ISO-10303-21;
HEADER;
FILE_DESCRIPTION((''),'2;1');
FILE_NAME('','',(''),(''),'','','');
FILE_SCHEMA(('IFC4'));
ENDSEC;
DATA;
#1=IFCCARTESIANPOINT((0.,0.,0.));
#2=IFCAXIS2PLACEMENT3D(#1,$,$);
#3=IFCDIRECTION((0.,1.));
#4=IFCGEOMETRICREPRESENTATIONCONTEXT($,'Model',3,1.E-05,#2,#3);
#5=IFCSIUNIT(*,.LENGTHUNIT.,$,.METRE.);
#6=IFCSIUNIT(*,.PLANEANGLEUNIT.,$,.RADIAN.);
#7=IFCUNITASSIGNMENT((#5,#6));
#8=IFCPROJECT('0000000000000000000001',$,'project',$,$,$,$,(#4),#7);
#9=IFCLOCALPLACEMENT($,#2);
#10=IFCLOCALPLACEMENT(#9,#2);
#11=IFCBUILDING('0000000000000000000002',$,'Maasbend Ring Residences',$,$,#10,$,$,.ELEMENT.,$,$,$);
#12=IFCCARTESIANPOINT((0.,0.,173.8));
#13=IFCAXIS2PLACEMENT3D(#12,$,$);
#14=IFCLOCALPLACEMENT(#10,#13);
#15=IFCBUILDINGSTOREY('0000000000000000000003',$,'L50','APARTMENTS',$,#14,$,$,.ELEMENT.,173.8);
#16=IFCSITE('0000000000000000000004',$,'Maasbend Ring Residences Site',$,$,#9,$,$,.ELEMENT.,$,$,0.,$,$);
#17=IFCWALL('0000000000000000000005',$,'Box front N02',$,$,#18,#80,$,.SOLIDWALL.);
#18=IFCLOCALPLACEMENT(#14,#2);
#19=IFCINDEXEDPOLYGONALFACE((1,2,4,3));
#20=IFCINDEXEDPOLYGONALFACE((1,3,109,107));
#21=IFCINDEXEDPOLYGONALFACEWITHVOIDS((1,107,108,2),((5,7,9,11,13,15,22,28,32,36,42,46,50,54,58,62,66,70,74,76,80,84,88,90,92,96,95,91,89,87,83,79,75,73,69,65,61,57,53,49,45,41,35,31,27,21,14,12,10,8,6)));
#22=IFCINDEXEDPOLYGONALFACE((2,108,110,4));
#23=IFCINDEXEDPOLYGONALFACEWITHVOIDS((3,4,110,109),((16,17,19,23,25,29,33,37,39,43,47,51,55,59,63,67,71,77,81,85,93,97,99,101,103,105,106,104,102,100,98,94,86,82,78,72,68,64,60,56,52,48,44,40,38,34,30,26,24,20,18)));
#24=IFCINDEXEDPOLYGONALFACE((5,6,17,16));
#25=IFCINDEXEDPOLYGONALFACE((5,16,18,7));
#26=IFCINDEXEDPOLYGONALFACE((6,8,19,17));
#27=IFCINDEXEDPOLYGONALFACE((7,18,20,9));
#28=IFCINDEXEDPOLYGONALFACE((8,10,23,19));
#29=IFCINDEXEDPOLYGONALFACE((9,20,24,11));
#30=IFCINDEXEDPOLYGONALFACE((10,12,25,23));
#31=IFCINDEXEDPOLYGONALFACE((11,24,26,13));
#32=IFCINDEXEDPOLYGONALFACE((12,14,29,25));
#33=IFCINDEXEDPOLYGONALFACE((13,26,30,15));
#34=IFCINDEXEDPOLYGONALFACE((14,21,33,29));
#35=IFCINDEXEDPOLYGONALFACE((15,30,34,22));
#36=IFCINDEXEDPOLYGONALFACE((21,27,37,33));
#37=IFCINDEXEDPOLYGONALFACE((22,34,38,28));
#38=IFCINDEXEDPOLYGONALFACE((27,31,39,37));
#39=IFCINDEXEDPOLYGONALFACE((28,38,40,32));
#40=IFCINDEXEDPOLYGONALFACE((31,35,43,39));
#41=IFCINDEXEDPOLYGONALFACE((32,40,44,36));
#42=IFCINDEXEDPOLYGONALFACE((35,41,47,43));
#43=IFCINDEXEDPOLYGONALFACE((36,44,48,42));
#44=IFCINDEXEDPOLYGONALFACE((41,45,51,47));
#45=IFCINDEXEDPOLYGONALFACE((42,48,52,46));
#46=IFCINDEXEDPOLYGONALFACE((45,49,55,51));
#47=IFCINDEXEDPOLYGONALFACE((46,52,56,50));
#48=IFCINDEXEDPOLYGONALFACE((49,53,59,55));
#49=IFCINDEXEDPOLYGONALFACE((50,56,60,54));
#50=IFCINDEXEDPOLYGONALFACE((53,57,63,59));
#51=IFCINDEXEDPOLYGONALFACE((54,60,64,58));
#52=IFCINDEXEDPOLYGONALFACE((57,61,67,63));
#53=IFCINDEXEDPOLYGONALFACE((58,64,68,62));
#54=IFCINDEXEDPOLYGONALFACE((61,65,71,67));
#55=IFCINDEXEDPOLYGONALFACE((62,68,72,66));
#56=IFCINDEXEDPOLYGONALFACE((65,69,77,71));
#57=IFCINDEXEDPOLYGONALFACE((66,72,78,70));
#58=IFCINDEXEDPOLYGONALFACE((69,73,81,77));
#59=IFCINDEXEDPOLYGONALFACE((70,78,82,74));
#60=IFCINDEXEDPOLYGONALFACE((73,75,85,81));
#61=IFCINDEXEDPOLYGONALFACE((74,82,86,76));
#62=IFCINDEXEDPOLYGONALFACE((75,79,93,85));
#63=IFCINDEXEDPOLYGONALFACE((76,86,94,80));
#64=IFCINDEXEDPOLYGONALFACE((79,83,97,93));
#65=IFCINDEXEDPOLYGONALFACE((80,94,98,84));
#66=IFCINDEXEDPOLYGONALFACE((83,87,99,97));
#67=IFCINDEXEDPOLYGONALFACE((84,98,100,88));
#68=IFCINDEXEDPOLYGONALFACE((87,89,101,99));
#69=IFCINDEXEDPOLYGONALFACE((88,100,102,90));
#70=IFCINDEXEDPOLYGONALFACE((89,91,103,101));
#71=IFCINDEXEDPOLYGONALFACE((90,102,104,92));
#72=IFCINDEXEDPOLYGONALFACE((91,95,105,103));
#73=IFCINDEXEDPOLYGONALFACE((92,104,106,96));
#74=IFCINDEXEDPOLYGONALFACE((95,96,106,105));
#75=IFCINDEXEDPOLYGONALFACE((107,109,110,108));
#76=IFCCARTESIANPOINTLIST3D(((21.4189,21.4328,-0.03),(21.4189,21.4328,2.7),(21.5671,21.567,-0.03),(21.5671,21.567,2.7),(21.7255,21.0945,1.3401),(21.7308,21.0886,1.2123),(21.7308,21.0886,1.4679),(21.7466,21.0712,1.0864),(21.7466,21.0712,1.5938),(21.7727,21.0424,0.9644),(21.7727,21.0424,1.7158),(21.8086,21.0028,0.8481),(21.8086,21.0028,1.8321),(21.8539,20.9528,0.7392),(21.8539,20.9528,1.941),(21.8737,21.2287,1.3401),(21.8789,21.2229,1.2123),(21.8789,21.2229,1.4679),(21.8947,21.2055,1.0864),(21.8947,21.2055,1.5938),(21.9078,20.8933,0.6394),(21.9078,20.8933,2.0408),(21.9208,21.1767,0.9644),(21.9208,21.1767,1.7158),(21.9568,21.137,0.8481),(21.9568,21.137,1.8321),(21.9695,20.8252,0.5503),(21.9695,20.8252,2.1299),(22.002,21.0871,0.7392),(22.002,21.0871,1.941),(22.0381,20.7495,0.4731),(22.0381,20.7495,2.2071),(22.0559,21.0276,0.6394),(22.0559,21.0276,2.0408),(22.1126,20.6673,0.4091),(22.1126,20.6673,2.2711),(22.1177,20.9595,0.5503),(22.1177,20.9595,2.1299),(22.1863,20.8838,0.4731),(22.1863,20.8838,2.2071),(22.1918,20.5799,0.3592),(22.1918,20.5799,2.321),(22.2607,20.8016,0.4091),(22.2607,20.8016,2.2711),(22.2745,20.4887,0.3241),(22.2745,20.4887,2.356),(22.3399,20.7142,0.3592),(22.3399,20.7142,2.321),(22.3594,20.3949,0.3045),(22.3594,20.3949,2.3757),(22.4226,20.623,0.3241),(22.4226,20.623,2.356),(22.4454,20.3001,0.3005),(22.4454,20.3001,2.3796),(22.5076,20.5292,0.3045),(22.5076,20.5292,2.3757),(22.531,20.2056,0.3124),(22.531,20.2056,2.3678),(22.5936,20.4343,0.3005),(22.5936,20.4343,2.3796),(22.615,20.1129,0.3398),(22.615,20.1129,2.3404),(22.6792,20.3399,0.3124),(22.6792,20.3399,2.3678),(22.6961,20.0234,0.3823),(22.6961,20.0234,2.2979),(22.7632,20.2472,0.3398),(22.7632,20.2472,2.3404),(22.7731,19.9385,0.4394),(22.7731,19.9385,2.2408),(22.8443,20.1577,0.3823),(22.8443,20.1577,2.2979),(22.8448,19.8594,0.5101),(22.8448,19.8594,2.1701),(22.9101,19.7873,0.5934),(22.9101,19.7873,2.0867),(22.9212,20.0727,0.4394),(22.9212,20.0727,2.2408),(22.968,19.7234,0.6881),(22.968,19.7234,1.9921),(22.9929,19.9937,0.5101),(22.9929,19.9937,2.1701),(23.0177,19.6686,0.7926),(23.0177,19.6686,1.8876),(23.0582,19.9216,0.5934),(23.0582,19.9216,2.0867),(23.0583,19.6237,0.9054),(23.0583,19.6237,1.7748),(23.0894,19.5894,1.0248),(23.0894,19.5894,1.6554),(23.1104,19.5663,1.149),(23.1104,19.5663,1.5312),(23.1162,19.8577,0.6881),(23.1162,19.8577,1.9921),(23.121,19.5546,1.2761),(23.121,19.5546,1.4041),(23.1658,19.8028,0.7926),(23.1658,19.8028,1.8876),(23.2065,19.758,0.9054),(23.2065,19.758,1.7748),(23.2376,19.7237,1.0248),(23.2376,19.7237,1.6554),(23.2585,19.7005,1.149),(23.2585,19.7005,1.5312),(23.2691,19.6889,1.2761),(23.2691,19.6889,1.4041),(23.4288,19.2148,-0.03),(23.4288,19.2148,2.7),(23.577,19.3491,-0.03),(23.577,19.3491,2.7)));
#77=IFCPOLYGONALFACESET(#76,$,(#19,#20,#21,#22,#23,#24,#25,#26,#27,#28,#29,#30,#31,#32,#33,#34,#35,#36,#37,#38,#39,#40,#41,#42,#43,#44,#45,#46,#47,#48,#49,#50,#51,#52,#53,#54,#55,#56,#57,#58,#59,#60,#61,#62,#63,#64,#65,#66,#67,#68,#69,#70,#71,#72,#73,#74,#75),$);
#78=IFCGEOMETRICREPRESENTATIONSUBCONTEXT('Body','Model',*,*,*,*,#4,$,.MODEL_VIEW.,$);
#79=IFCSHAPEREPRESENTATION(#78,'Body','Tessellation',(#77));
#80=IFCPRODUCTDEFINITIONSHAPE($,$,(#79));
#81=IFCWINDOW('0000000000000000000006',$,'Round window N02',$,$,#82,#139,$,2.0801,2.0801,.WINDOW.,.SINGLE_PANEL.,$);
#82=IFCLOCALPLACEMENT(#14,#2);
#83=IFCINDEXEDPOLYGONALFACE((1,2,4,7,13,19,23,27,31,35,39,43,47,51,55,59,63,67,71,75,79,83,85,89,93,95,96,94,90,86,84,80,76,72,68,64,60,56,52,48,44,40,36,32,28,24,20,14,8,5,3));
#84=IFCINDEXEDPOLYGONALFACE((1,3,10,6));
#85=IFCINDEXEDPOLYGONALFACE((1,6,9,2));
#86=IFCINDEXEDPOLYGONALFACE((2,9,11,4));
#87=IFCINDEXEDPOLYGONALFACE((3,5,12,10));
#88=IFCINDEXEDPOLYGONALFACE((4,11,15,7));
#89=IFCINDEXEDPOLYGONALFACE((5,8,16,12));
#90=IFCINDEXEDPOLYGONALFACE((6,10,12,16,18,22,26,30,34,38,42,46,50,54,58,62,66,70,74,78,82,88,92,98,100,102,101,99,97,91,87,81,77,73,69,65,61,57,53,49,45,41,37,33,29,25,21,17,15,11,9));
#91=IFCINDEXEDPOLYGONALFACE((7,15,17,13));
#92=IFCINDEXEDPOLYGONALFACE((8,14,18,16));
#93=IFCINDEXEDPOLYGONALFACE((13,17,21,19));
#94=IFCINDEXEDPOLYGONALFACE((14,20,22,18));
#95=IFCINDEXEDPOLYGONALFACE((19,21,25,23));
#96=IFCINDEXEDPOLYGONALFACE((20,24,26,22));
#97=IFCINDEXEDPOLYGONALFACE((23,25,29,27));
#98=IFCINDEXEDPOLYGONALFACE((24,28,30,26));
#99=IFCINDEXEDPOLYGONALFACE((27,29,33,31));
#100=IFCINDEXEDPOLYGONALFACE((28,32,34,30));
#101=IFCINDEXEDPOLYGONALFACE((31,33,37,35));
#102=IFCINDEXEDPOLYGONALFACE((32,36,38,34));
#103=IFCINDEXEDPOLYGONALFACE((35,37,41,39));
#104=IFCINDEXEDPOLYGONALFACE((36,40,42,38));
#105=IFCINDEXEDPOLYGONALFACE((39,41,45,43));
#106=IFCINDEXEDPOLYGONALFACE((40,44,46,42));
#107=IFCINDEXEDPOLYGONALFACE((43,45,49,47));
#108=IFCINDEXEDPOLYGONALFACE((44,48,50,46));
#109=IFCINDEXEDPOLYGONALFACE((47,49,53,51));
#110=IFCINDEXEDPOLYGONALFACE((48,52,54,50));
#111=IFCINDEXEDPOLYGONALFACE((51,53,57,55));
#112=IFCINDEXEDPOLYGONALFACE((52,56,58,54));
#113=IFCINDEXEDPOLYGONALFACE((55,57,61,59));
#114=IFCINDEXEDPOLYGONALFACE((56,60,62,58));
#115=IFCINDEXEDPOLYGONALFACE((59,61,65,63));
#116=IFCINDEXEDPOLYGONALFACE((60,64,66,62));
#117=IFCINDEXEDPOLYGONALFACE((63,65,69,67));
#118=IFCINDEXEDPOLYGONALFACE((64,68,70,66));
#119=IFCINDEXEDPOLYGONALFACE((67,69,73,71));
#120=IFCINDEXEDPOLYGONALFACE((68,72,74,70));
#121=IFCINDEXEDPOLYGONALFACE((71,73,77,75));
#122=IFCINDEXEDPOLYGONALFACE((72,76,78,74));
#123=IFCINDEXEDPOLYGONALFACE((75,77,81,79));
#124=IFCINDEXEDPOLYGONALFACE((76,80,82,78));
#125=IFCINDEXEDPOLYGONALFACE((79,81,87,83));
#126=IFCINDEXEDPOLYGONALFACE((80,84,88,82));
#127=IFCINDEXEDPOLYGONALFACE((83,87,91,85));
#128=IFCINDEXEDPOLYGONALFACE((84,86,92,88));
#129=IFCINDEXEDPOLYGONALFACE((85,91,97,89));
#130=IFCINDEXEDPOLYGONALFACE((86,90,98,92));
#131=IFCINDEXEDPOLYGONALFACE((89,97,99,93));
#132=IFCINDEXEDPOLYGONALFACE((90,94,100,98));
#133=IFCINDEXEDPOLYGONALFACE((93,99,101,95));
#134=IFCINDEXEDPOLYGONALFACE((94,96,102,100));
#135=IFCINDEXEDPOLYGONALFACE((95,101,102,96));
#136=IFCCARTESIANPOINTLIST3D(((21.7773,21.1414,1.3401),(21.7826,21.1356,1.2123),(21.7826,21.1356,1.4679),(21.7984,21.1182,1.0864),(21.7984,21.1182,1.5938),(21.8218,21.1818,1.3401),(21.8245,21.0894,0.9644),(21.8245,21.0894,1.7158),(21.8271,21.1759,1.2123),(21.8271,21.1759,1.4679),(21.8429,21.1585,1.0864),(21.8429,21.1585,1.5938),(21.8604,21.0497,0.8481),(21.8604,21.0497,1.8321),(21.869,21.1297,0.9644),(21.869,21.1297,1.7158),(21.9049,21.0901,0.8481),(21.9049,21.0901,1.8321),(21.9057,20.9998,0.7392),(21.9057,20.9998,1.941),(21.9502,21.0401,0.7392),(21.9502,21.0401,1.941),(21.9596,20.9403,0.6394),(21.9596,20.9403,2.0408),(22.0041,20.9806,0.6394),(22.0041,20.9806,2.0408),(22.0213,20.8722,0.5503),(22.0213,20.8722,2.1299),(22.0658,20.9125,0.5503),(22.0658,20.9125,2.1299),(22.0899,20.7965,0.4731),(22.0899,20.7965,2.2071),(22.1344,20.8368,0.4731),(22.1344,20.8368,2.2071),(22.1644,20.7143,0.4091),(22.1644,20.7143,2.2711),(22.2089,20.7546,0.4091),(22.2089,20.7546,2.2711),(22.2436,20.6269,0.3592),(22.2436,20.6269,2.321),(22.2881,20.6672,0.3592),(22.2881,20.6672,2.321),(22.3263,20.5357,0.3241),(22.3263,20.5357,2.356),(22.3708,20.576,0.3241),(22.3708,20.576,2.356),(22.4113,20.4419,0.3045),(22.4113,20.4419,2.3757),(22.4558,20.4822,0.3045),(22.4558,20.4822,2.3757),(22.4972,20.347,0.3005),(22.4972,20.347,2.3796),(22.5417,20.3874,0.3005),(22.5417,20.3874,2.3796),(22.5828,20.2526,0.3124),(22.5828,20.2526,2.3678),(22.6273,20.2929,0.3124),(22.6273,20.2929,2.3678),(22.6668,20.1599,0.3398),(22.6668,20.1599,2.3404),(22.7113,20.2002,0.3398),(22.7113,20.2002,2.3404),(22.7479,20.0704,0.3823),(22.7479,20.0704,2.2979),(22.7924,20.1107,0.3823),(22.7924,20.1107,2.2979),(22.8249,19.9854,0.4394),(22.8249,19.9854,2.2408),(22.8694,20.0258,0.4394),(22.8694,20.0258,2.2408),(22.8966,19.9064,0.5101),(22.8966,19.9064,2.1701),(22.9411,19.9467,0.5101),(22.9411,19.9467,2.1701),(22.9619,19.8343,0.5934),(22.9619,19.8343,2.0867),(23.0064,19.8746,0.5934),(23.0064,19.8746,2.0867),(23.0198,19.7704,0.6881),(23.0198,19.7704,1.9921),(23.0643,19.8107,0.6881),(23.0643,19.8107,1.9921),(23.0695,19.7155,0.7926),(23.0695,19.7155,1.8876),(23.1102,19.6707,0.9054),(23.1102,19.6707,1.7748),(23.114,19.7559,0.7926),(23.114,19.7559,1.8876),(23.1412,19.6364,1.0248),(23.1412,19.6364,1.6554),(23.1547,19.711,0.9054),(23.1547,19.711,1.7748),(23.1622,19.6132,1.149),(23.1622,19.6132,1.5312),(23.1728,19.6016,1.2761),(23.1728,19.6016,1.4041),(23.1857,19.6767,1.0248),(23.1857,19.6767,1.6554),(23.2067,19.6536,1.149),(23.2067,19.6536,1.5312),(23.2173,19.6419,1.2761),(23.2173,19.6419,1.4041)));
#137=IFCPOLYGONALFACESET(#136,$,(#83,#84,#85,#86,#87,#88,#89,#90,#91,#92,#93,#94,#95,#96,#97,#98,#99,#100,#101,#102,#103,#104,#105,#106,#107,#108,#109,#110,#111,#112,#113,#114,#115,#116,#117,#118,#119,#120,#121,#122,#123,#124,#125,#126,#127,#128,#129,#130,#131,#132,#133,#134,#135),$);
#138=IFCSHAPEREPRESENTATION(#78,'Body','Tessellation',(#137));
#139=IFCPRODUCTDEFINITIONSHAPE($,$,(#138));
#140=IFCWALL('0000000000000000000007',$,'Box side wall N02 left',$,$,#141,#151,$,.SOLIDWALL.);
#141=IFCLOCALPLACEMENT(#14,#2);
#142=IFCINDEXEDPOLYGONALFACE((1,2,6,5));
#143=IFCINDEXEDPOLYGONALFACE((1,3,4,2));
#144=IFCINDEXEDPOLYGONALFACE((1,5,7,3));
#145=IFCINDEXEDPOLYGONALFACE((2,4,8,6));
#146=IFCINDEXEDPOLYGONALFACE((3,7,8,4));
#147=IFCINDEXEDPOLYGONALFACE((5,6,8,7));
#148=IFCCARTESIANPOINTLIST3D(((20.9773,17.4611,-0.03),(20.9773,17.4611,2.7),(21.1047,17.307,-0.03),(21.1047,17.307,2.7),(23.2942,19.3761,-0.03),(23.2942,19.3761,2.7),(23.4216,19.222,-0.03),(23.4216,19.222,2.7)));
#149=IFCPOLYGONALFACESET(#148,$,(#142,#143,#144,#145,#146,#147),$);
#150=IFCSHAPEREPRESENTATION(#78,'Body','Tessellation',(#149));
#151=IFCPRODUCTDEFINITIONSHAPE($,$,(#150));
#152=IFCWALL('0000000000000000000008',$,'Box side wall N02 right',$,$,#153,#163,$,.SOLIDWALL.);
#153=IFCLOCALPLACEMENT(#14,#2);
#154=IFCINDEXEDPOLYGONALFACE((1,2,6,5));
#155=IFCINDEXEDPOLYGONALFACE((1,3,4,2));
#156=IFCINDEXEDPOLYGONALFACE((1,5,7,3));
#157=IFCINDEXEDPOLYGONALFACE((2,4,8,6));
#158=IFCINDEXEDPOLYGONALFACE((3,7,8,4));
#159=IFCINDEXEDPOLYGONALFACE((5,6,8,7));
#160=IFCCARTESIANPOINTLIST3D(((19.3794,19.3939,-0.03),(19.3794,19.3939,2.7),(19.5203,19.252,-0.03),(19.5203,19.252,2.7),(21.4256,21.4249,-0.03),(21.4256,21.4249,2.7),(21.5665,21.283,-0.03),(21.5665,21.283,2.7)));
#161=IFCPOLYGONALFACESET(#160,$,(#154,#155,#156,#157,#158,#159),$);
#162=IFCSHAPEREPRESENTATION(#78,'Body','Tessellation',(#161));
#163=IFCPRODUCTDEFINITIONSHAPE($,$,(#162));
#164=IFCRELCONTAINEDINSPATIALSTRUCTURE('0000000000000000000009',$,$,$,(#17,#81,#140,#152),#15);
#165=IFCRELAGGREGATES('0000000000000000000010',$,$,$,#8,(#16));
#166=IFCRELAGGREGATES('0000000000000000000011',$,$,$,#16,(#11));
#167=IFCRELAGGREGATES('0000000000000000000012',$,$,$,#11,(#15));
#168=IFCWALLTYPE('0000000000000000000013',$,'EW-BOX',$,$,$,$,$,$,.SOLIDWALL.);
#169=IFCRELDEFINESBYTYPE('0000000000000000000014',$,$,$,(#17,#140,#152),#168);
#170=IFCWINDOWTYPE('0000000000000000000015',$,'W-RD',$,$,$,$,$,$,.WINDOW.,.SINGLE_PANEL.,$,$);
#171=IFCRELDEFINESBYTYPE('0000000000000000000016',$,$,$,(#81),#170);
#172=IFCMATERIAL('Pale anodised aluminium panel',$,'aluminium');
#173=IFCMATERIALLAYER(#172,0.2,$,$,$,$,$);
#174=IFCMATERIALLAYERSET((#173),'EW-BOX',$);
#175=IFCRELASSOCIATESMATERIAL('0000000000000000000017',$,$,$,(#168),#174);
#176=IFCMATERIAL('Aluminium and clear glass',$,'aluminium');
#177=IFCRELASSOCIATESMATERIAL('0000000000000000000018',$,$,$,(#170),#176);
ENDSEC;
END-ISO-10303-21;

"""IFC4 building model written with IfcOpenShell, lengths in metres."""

from ifc_helpers import new_model, si_unit, direction, frame, frame_2d, origin, place, context, subcontext, project, spatial, rectangle, circle, extrude, material, layer, layer_set, type_object, element, fill, save


model = new_model("IFC4")

# Units and contexts
model_context = context("Model", 3, precision=1e-05, world=origin(), true_north=direction((0.0, 1.0)))
body_context = subcontext(model_context, "Body", "Model", "MODEL_VIEW")
ifc_project = project(units=[si_unit("LENGTHUNIT", "METRE"), si_unit("PLANEANGLEUNIT", "RADIAN")], contexts=[model_context])

# Site, building, storey
site_placement = place(None, origin())
site = spatial("IfcSite", under=ifc_project, at=site_placement, Name="Maasbend Ring Residences Site", CompositionType="ELEMENT", RefElevation=0.0)
building_placement = place(site_placement, origin())
building = spatial("IfcBuilding", under=site, at=building_placement, Name="Maasbend Ring Residences", CompositionType="ELEMENT")
storey_placement = place(building_placement, frame((0.0, 0.0, 173.8)))
storey = spatial("IfcBuildingStorey", under=building, at=storey_placement, Name="L50", Description="APARTMENTS", CompositionType="ELEMENT", Elevation=173.8)

# Wall, opening, window
ifc_material_1 = material(Name="Pale anodised aluminium panel", Category="aluminium")
ifc_layer_1 = layer(ifc_material_1, 0.2)
ifc_layer_set_1 = layer_set([ifc_layer_1], Name="EW-BOX")
wall_type_1 = type_object("IfcWallType", Name="EW-BOX", PredefinedType="SOLIDWALL", material=ifc_layer_set_1)
wall_1_placement = place(storey_placement, frame((23.5029, 19.282, -0.03), z_axis=(0.0, 0.0, 1.0), x_axis=(-0.671507, 0.740998, 0.0)))
wall_1 = element("IfcWall", 1, at=wall_1_placement, inside=storey, type_object=wall_type_1, Name="Box front N02", PredefinedType="SOLIDWALL", context=body_context, shape_type="SweptSolid", body=[
    extrude(rectangle(XDim=2.9932, YDim=0.2, at=frame_2d((1.4966, 0.0))), origin(), (0.0, 0.0, 1.0), 2.73),
])
opening_1_placement = place(wall_1_placement, frame((0.4565, 0.0, 0.3301)))
opening_1 = element("IfcOpeningElement", 2, at=opening_1_placement, cuts=wall_1, PredefinedType="OPENING", context=body_context, shape_type="SweptSolid", body=[
    extrude(circle(Radius=1.04, at=frame_2d((1.04, 1.04))), frame((0.0, 0.1099, 0.0), z_axis=(0.0, -1.0, 0.0), x_axis=(1.0, 0.0, 0.0)), (0.0, 0.0, 1.0), 0.22),
])
ifc_material_2 = material(Name="Aluminium and clear glass", Category="aluminium")
window_type_1 = type_object("IfcWindowType", Name="W-RD", PartitioningType="SINGLE_PANEL", PredefinedType="WINDOW", material=ifc_material_2)
window_1_placement = place(opening_1_placement, origin())
window_1 = element("IfcWindow", 3, at=window_1_placement, inside=storey, type_object=window_type_1, Name="Round window N02", OverallHeight=2.0801, OverallWidth=2.0801, PartitioningType="SINGLE_PANEL", PredefinedType="WINDOW", context=body_context, shape_type="SweptSolid", body=[
    extrude(circle(Radius=1.04, at=frame_2d((1.04, 1.04))), frame((0.0, 0.03, 0.0), z_axis=(0.0, -1.0, 0.0), x_axis=(1.0, 0.0, 0.0)), (0.0, 0.0, 1.0), 0.0601),
])
fill(opening_1, window_1)

# Walls
wall_2_placement = place(storey_placement, frame((21.041, 17.384, -0.03), z_axis=(0.0, 0.0, 1.0), x_axis=(0.770785, 0.637096, 0.0)))
element("IfcWall", 4, at=wall_2_placement, inside=storey, type_object=wall_type_1, Name="Box side wall N02 left", PredefinedType="SOLIDWALL", context=body_context, shape_type="SweptSolid", body=[
    extrude(rectangle(XDim=3.0059, YDim=0.2, at=frame_2d((1.5029, 0.0))), origin(), (0.0, 0.0, 1.0), 2.73),
])
wall_3_placement = place(storey_placement, frame((19.45, 19.323, -0.03), z_axis=(0.0, 0.0, 1.0), x_axis=(0.709727, 0.704477, 0.0)))
element("IfcWall", 5, at=wall_3_placement, inside=storey, type_object=wall_type_1, Name="Box side wall N02 right", PredefinedType="SOLIDWALL", context=body_context, shape_type="SweptSolid", body=[
    extrude(rectangle(XDim=2.8831, YDim=0.2, at=frame_2d((1.4414, 0.0))), origin(), (0.0, 0.0, 1.0), 2.73),
])

save(model, "model.ifc")
